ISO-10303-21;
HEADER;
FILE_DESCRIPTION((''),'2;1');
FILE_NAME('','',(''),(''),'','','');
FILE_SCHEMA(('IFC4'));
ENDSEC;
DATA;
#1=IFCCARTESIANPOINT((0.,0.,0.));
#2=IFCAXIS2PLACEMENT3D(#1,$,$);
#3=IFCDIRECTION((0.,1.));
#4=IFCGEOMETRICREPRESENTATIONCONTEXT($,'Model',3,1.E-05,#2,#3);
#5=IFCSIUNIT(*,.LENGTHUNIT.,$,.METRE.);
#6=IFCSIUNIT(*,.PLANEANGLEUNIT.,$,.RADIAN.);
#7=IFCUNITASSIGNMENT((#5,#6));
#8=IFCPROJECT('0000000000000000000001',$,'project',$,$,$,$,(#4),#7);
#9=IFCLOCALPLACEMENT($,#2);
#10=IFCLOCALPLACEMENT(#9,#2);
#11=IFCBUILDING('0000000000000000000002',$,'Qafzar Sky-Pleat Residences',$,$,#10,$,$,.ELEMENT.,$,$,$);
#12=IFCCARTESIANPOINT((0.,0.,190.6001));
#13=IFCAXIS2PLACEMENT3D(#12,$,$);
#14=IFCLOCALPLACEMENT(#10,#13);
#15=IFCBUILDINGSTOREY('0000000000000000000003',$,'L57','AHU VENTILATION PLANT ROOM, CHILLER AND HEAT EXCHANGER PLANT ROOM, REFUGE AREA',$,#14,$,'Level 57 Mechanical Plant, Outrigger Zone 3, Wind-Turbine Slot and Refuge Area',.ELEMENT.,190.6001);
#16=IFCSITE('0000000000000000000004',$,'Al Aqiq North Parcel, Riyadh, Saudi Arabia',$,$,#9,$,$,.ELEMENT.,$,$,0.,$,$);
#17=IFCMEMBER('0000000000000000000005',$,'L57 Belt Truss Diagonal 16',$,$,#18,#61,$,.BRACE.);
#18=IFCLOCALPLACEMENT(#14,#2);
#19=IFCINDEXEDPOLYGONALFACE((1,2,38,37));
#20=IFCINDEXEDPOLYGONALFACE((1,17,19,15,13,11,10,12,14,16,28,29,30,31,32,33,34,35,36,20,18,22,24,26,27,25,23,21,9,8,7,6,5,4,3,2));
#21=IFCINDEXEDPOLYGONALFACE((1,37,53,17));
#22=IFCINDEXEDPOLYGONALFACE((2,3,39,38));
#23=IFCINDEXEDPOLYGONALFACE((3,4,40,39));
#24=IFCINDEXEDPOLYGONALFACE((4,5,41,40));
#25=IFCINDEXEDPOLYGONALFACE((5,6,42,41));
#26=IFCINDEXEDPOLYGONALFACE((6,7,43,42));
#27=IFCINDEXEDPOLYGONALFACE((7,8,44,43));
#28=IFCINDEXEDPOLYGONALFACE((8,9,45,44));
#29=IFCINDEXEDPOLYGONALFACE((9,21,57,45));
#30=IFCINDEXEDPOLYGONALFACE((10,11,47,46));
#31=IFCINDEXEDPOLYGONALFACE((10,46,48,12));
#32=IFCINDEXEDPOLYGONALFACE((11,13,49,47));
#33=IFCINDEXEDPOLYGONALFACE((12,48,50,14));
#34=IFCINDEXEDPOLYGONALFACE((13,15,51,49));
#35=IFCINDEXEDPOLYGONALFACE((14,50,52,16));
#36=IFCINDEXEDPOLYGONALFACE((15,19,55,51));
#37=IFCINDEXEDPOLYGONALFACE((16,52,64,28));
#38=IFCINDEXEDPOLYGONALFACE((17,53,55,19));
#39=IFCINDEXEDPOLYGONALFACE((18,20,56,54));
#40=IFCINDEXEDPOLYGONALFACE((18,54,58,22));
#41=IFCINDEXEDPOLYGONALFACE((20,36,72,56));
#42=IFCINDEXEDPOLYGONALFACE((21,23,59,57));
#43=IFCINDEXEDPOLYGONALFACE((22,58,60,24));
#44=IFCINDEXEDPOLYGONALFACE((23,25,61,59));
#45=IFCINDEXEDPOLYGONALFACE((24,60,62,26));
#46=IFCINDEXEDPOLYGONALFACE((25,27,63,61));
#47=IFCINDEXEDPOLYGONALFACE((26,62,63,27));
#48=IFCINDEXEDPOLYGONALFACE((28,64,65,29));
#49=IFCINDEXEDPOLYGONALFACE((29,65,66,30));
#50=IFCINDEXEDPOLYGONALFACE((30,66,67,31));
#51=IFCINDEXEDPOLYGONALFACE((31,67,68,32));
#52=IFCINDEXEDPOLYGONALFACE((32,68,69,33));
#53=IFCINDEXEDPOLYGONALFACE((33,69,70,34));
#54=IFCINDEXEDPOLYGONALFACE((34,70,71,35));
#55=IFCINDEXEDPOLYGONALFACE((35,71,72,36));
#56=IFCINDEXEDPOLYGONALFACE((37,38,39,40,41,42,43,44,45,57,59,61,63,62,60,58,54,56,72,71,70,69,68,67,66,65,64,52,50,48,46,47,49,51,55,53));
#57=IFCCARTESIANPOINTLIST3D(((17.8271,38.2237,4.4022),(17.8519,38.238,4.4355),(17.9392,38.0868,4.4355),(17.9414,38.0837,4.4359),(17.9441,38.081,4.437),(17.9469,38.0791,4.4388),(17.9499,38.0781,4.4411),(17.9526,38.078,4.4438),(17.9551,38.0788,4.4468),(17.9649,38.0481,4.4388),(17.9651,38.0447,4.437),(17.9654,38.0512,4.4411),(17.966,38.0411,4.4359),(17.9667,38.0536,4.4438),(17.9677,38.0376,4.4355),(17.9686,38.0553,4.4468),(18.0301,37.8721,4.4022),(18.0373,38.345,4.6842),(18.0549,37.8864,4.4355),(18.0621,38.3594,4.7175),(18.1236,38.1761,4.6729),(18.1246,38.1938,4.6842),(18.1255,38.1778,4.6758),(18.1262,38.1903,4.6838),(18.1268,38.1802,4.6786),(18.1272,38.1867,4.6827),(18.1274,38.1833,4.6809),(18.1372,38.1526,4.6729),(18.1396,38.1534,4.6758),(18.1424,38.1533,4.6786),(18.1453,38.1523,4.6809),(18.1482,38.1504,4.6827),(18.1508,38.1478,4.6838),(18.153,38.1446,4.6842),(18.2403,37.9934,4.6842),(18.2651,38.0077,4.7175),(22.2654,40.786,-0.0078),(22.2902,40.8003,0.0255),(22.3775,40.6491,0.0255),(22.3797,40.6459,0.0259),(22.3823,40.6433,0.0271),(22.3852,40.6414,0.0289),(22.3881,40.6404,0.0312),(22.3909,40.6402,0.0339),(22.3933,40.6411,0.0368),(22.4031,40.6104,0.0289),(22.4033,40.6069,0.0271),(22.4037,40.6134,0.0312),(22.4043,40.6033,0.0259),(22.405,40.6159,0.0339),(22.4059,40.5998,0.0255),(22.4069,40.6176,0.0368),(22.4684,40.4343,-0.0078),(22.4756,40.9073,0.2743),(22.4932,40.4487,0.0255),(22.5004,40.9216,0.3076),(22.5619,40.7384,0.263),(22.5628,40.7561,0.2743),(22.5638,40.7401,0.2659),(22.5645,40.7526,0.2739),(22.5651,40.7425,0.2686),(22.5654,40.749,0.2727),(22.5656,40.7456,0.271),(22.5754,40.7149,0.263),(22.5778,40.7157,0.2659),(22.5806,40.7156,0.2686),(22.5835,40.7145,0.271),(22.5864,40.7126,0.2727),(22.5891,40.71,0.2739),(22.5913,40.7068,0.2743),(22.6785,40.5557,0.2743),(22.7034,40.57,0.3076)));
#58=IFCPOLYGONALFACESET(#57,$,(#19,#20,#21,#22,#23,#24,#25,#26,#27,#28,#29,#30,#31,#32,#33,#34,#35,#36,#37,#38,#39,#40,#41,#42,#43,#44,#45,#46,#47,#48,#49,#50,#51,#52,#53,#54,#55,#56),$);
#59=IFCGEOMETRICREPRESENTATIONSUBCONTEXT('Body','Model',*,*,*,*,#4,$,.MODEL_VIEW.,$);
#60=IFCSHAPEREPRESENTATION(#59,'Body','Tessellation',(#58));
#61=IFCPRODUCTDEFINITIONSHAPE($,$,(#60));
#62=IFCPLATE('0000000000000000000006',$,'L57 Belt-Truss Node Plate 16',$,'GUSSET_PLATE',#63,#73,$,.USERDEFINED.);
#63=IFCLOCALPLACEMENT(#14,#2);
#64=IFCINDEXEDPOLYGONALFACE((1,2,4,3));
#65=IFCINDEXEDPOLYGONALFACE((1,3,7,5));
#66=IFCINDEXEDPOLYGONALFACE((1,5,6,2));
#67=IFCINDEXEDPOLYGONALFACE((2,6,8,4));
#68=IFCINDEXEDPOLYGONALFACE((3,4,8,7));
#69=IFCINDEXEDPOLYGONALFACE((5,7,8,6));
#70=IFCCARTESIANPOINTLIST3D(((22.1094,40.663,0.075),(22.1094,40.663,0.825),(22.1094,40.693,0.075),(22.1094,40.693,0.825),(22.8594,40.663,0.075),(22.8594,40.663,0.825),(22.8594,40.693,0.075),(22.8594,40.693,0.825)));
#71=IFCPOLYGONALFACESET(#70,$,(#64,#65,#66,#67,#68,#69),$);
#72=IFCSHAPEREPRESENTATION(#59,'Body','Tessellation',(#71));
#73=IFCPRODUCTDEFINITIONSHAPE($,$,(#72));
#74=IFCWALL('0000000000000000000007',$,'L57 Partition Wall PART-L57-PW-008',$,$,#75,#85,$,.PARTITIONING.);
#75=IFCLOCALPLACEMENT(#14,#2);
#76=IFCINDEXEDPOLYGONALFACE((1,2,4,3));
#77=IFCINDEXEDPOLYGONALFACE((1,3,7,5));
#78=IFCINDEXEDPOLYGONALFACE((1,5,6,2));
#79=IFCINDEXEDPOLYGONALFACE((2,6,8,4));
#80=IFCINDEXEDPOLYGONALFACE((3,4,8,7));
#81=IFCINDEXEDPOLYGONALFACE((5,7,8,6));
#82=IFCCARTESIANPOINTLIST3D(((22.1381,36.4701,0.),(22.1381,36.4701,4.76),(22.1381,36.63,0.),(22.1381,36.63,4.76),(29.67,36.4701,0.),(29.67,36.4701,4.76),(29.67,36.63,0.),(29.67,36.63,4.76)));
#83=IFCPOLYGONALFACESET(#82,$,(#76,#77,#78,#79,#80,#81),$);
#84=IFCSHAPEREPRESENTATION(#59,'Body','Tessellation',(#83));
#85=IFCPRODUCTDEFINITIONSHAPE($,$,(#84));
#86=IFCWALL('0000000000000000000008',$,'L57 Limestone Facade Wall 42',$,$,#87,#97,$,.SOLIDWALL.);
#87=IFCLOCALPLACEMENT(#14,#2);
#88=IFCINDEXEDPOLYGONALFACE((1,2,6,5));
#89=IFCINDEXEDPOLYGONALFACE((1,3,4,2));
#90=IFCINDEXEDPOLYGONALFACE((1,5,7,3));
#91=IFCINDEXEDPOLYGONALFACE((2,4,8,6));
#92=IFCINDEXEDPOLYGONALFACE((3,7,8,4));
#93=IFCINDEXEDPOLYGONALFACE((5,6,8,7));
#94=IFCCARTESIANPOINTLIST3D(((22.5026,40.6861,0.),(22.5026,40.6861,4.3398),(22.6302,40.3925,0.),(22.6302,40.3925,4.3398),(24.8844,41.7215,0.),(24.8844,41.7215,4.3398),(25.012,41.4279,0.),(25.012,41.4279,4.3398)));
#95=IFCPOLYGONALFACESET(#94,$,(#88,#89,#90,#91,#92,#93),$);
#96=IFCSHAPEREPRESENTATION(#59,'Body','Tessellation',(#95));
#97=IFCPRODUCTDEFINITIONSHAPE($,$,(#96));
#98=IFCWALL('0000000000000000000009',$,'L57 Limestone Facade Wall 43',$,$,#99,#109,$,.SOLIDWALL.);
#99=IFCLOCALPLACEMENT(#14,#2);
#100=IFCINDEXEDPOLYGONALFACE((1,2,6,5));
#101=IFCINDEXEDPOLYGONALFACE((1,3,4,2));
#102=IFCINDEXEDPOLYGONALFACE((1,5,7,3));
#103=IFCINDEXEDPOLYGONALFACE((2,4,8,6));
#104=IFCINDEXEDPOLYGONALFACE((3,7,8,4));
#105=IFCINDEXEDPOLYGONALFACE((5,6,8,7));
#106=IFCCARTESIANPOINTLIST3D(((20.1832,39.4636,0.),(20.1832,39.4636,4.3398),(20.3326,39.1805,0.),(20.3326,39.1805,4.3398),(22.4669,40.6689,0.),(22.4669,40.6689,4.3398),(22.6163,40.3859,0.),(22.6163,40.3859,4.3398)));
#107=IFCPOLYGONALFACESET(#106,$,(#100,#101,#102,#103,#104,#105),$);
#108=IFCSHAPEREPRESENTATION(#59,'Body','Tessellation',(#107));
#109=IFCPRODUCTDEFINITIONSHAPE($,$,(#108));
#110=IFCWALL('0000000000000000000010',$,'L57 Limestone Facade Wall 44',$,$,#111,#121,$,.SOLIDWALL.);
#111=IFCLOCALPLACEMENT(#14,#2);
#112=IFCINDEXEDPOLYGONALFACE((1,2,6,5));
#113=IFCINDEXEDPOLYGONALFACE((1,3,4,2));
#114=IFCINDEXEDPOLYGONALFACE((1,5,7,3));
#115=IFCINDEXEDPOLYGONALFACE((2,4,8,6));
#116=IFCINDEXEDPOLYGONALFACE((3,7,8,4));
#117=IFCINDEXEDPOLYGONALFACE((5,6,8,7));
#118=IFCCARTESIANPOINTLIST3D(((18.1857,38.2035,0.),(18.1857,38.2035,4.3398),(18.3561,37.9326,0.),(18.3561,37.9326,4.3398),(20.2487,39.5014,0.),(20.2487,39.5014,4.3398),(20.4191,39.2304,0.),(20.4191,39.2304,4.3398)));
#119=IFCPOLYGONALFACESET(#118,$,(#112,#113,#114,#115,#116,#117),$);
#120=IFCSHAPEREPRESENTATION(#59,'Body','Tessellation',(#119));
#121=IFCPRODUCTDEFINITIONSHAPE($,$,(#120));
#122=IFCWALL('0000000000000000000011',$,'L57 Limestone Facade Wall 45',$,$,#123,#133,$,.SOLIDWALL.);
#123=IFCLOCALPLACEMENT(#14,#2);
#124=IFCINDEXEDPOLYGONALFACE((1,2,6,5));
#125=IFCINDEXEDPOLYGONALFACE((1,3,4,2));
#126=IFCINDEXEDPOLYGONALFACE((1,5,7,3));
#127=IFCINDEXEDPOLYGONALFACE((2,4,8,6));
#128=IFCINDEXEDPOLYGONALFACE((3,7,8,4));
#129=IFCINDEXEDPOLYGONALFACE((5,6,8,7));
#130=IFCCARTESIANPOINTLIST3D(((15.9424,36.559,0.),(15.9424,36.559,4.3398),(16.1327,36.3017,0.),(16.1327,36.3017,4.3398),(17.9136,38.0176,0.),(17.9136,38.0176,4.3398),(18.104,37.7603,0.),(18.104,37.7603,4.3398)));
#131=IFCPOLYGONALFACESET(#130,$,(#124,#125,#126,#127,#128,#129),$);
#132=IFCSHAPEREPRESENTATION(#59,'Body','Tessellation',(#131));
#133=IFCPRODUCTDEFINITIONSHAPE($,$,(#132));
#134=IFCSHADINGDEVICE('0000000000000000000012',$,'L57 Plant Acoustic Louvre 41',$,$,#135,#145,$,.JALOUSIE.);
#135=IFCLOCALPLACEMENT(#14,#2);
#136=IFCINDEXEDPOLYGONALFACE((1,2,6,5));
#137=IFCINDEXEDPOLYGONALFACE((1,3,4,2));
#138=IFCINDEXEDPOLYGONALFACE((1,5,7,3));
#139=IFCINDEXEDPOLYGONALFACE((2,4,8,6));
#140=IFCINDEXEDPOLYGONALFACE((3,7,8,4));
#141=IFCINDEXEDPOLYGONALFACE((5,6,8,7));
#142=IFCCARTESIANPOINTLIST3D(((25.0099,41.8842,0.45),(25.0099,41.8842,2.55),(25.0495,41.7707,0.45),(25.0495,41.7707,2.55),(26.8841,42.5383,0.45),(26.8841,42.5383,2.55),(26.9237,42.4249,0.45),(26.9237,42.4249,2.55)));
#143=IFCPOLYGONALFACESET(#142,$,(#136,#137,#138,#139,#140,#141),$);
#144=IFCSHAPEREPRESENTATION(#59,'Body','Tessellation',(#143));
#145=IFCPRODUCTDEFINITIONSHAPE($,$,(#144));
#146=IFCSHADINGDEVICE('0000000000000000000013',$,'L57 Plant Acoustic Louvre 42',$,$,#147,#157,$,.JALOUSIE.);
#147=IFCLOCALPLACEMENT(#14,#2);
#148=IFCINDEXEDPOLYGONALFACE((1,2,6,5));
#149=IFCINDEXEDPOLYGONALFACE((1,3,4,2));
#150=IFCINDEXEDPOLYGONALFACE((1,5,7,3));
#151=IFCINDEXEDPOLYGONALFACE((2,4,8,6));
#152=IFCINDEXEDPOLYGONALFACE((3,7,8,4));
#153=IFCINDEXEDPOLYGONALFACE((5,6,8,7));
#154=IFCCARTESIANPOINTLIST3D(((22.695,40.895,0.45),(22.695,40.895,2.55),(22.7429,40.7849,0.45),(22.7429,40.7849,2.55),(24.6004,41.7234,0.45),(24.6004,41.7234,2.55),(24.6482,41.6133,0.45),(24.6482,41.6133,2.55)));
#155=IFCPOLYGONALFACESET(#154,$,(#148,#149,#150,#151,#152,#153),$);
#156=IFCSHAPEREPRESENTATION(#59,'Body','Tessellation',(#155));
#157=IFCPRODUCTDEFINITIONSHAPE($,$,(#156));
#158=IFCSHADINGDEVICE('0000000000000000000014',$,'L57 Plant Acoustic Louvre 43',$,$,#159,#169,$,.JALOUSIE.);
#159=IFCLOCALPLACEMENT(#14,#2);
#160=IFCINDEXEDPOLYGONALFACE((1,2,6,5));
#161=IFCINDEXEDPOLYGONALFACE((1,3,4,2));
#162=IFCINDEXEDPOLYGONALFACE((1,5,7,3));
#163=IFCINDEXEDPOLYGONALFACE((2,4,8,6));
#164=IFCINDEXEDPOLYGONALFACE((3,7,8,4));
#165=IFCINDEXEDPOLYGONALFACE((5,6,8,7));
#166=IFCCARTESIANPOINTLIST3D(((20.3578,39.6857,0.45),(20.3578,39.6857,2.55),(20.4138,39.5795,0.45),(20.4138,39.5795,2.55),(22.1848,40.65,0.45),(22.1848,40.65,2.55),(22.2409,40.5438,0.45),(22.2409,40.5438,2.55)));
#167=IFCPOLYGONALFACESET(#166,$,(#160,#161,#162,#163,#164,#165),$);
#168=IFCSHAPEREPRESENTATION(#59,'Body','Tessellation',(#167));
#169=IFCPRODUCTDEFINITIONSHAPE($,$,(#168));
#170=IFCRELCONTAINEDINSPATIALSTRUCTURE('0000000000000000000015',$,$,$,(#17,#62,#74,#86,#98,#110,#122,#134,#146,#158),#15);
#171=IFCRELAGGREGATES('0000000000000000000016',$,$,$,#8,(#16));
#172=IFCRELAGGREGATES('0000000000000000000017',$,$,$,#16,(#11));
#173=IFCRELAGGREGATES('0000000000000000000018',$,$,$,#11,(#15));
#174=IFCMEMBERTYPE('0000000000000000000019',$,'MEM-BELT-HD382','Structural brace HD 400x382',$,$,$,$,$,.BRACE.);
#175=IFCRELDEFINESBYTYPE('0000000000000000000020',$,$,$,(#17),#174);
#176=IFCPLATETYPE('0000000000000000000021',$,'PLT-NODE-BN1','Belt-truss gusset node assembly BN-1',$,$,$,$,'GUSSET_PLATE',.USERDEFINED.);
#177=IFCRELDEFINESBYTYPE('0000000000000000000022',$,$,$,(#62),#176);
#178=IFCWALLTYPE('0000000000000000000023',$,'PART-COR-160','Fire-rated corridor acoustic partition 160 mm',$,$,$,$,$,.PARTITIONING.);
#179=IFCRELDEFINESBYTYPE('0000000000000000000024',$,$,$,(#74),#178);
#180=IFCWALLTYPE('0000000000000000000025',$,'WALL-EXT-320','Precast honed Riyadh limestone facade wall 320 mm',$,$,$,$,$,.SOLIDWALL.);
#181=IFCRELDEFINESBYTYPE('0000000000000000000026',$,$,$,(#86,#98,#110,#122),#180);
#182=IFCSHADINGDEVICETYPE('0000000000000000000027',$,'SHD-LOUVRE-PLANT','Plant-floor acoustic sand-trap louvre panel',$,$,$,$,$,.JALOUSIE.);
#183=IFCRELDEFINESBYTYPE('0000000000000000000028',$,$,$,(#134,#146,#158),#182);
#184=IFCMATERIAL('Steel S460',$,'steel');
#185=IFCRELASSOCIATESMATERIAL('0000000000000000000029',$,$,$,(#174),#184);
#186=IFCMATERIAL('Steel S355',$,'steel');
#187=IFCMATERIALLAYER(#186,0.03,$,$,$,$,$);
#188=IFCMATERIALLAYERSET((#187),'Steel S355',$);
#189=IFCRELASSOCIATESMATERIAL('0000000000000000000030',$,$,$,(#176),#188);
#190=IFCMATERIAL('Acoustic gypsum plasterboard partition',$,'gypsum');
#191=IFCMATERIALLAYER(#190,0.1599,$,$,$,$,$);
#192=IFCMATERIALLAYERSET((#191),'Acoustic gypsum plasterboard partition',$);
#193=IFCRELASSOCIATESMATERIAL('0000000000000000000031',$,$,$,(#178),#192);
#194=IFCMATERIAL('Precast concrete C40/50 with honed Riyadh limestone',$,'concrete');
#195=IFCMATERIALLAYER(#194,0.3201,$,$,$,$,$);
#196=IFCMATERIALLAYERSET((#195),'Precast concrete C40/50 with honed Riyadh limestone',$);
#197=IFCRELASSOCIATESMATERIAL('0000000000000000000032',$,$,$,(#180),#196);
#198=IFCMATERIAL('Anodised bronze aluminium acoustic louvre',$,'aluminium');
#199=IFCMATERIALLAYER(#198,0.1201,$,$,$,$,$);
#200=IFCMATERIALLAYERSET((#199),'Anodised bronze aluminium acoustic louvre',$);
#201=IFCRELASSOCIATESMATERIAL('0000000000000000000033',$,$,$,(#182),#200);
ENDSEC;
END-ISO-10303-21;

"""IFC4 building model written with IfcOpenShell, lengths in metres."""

from ifc_helpers import new_model, si_unit, direction, frame, frame_2d, origin, origin_2d, place, context, subcontext, project, spatial, rectangle, i_section, extrude, source, transform, mapped, material, layer, layer_set, material_profile, profile_set, type_object, element, save


model = new_model("IFC4")

# Units and contexts
model_context = context("Model", 3, precision=1e-05, world=origin(), true_north=direction((0.0, 1.0)))
body_context = subcontext(model_context, "Body", "Model", "MODEL_VIEW")
ifc_project = project(units=[si_unit("LENGTHUNIT", "METRE"), si_unit("PLANEANGLEUNIT", "RADIAN")], contexts=[model_context])

# Site, building, storey
site_placement = place(None, origin())
site = spatial("IfcSite", under=ifc_project, at=site_placement, Name="Al Aqiq North Parcel, Riyadh, Saudi Arabia", CompositionType="ELEMENT", RefElevation=0.0)
building_placement = place(site_placement, origin())
building = spatial("IfcBuilding", under=site, at=building_placement, Name="Qafzar Sky-Pleat Residences", CompositionType="ELEMENT")
storey_placement = place(building_placement, frame((0.0, 0.0, 190.6001)))
storey = spatial("IfcBuildingStorey", under=building, at=storey_placement, Name="L57", Description="AHU VENTILATION PLANT ROOM, CHILLER AND HEAT EXCHANGER PLANT ROOM, REFUGE AREA", LongName="Level 57 Mechanical Plant, Outrigger Zone 3, Wind-Turbine Slot and Refuge Area", CompositionType="ELEMENT", Elevation=190.6001)

# Shared definitions
ifc_material_1 = material(Name="Steel S355", Category="steel")

# Shared definitions
ifc_material_2 = material(Name="Steel S460", Category="steel")

# Member
ifc_material_profile_1 = material_profile(ifc_material_2, i_section(OverallWidth=0.406, OverallDepth=0.416, WebThickness=0.0271, FlangeThickness=0.0439, FilletRadius=0.0149, at=origin_2d()), Name="HD 400x382")
ifc_profile_set_1 = profile_set([ifc_material_profile_1], Name="Steel S460")
member_type = type_object("IfcMemberType", Name="MEM-BELT-HD382", Description="Structural brace HD 400x382", PredefinedType="BRACE", material=ifc_profile_set_1)
shared_shape_1 = source(origin(), body_context, "Body", "SweptSolid", [
    extrude(i_section(OverallWidth=0.406, OverallDepth=0.416, WebThickness=0.0271, FlangeThickness=0.0439, FilletRadius=0.0149, at=origin_2d()), origin(), (0.0, 0.0, 1.0), 6.761),
])
member_1_placement = place(storey_placement, frame((22.4844, 40.678, 0.1499), z_axis=(-0.656451, -0.378979, 0.652263), x_axis=(0.499977, -0.866039, 0.0)))
element("IfcMember", 1, at=member_1_placement, inside=storey, type_object=member_type, Name="L57 Belt Truss Diagonal 16", PredefinedType="BRACE", context=body_context, shape_type="MappedRepresentation", body=[
    mapped(shared_shape_1, transform((0.0, 0.0, 0.0), x_axis=(1.0, 0.0, 0.0), y_axis=(0.0, 1.0, 0.0), z_axis=(0.0, 0.0, 1.0), scale=1.0)),
])

# Plate
ifc_layer_1 = layer(ifc_material_1, 0.03)
ifc_layer_set_1 = layer_set([ifc_layer_1], Name="Steel S355")
plate_type = type_object("IfcPlateType", Name="PLT-NODE-BN1", Description="Belt-truss gusset node assembly BN-1", ElementType="GUSSET_PLATE", PredefinedType="USERDEFINED", material=ifc_layer_set_1)
shared_shape_2 = source(origin(), body_context, "Body", "SweptSolid", [
    extrude(rectangle(XDim=0.75, YDim=0.03, at=origin_2d()), origin(), (0.0, 0.0, 1.0), 0.75),
])
plate_placement = place(storey_placement, frame((22.4844, 40.678, 0.075), z_axis=(0.0, 0.0, 1.0), x_axis=(1.0, 0.0, 0.0)))
element("IfcPlate", 2, at=plate_placement, inside=storey, type_object=plate_type, Name="L57 Belt-Truss Node Plate 16", ObjectType="GUSSET_PLATE", PredefinedType="USERDEFINED", context=body_context, shape_type="MappedRepresentation", body=[
    mapped(shared_shape_2, transform((0.0, 0.0, 0.0), x_axis=(1.0, 0.0, 0.0), y_axis=(0.0, 1.0, 0.0), z_axis=(0.0, 0.0, 1.0), scale=1.0)),
])

# Walls
ifc_material_3 = material(Name="Acoustic gypsum plasterboard partition", Category="gypsum")
ifc_layer_2 = layer(ifc_material_3, 0.1599)
ifc_layer_set_2 = layer_set([ifc_layer_2], Name="Acoustic gypsum plasterboard partition")
wall_type_1 = type_object("IfcWallType", Name="PART-COR-160", Description="Fire-rated corridor acoustic partition 160 mm", PredefinedType="PARTITIONING", material=ifc_layer_set_2)
wall_1_placement = place(storey_placement, frame((22.1379, 36.55, 0.0), z_axis=(0.0, 0.0, 1.0), x_axis=(1.0, 0.0, 0.0)))
element("IfcWall", 3, at=wall_1_placement, inside=storey, type_object=wall_type_1, Name="L57 Partition Wall PART-L57-PW-008", PredefinedType="PARTITIONING", context=body_context, shape_type="SweptSolid", body=[
    extrude(rectangle(XDim=7.532, YDim=0.1599, at=frame_2d((3.7661, 0.0))), origin(), (0.0, 0.0, 1.0), 4.76),
])
ifc_material_4 = material(Name="Precast concrete C40/50 with honed Riyadh limestone", Category="concrete")
ifc_layer_3 = layer(ifc_material_4, 0.3201)
ifc_layer_set_3 = layer_set([ifc_layer_3], Name="Precast concrete C40/50 with honed Riyadh limestone")
wall_type_2 = type_object("IfcWallType", Name="WALL-EXT-320", Description="Precast honed Riyadh limestone facade wall 320 mm", PredefinedType="SOLIDWALL", material=ifc_layer_set_3)
wall_2_placement = place(storey_placement, frame((24.9482, 41.5747, 0.0), z_axis=(0.0, 0.0, 1.0), x_axis=(-0.917095, -0.398668, 0.0)))
element("IfcWall", 4, at=wall_2_placement, inside=storey, type_object=wall_type_2, Name="L57 Limestone Facade Wall 42", PredefinedType="SOLIDWALL", context=body_context, shape_type="SweptSolid", body=[
    extrude(rectangle(XDim=2.5972, YDim=0.3201, at=frame_2d((1.2986, 0.0))), origin(), (0.0, 0.0, 1.0), 4.3398),
])
wall_3_placement = place(storey_placement, frame((22.5415, 40.5273, 0.0), z_axis=(0.0, 0.0, 1.0), x_axis=(-0.884378, -0.466771, 0.0)))
element("IfcWall", 5, at=wall_3_placement, inside=storey, type_object=wall_type_2, Name="L57 Limestone Facade Wall 43", PredefinedType="SOLIDWALL", context=body_context, shape_type="SweptSolid", body=[
    extrude(rectangle(XDim=2.5823, YDim=0.3201, at=frame_2d((1.291, 0.0))), origin(), (0.0, 0.0, 1.0), 4.3398),
])
wall_4_placement = place(storey_placement, frame((20.334, 39.366, 0.0), z_axis=(0.0, 0.0, 1.0), x_axis=(-0.84643, -0.5325, 0.0)))
element("IfcWall", 6, at=wall_4_placement, inside=storey, type_object=wall_type_2, Name="L57 Limestone Facade Wall 44", PredefinedType="SOLIDWALL", context=body_context, shape_type="SweptSolid", body=[
    extrude(rectangle(XDim=2.4373, YDim=0.3201, at=frame_2d((1.2188, 0.0))), origin(), (0.0, 0.0, 1.0), 4.3398),
])
wall_5_placement = place(storey_placement, frame((18.0088, 37.8889, 0.0), z_axis=(0.0, 0.0, 1.0), x_axis=(-0.803878, -0.594794, 0.0)))
element("IfcWall", 7, at=wall_5_placement, inside=storey, type_object=wall_type_2, Name="L57 Limestone Facade Wall 45", PredefinedType="SOLIDWALL", context=body_context, shape_type="SweptSolid", body=[
    extrude(rectangle(XDim=2.4521, YDim=0.3201, at=frame_2d((1.2261, 0.0))), origin(), (0.0, 0.0, 1.0), 4.3398),
])

# Shading devices
ifc_material_5 = material(Name="Anodised bronze aluminium acoustic louvre", Category="aluminium")
ifc_layer_4 = layer(ifc_material_5, 0.1201)
ifc_layer_set_4 = layer_set([ifc_layer_4], Name="Anodised bronze aluminium acoustic louvre")
shading_device_type = type_object("IfcShadingDeviceType", Name="SHD-LOUVRE-PLANT", Description="Plant-floor acoustic sand-trap louvre panel", PredefinedType="JALOUSIE", material=ifc_layer_set_4)
shared_shape_3 = source(origin(), body_context, "Body", "SweptSolid", [
    extrude(rectangle(XDim=1.9851, YDim=0.1201, at=origin_2d()), origin(), (0.0, 0.0, 1.0), 2.1001),
])
shading_device_1_placement = place(storey_placement, frame((25.9668, 42.1545, 0.45), z_axis=(0.0, 0.0, 1.0), x_axis=(-0.94414, -0.329544, 0.0)))
element("IfcShadingDevice", 8, at=shading_device_1_placement, inside=storey, type_object=shading_device_type, Name="L57 Plant Acoustic Louvre 41", PredefinedType="JALOUSIE", context=body_context, shape_type="MappedRepresentation", body=[
    mapped(shared_shape_3, transform((0.0, 0.0, 0.0), x_axis=(1.0, 0.0, 0.0), y_axis=(0.0, 1.0, 0.0), z_axis=(0.0, 0.0, 1.0), scale=1.0)),
])
shared_shape_4 = source(origin(), body_context, "Body", "SweptSolid", [
    extrude(rectangle(XDim=2.0776, YDim=0.1201, at=origin_2d()), origin(), (0.0, 0.0, 1.0), 2.1001),
])
shading_device_2_placement = place(storey_placement, frame((23.6716, 41.2542, 0.45), z_axis=(0.0, 0.0, 1.0), x_axis=(-0.917073, -0.398719, 0.0)))
element("IfcShadingDevice", 9, at=shading_device_2_placement, inside=storey, type_object=shading_device_type, Name="L57 Plant Acoustic Louvre 42", PredefinedType="JALOUSIE", context=body_context, shape_type="MappedRepresentation", body=[
    mapped(shared_shape_4, transform((0.0, 0.0, 0.0), x_axis=(1.0, 0.0, 0.0), y_axis=(0.0, 1.0, 0.0), z_axis=(0.0, 0.0, 1.0), scale=1.0)),
])
shared_shape_5 = source(origin(), body_context, "Body", "SweptSolid", [
    extrude(rectangle(XDim=2.0659, YDim=0.1201, at=origin_2d()), origin(), (0.0, 0.0, 1.0), 2.1001),
])
shading_device_3_placement = place(storey_placement, frame((21.2993, 40.1147, 0.45), z_axis=(0.0, 0.0, 1.0), x_axis=(-0.884383, -0.466763, 0.0)))
element("IfcShadingDevice", 10, at=shading_device_3_placement, inside=storey, type_object=shading_device_type, Name="L57 Plant Acoustic Louvre 43", PredefinedType="JALOUSIE", context=body_context, shape_type="MappedRepresentation", body=[
    mapped(shared_shape_5, transform((0.0, 0.0, 0.0), x_axis=(1.0, 0.0, 0.0), y_axis=(0.0, 1.0, 0.0), z_axis=(0.0, 0.0, 1.0), scale=1.0)),
])

save(model, "model.ifc")
